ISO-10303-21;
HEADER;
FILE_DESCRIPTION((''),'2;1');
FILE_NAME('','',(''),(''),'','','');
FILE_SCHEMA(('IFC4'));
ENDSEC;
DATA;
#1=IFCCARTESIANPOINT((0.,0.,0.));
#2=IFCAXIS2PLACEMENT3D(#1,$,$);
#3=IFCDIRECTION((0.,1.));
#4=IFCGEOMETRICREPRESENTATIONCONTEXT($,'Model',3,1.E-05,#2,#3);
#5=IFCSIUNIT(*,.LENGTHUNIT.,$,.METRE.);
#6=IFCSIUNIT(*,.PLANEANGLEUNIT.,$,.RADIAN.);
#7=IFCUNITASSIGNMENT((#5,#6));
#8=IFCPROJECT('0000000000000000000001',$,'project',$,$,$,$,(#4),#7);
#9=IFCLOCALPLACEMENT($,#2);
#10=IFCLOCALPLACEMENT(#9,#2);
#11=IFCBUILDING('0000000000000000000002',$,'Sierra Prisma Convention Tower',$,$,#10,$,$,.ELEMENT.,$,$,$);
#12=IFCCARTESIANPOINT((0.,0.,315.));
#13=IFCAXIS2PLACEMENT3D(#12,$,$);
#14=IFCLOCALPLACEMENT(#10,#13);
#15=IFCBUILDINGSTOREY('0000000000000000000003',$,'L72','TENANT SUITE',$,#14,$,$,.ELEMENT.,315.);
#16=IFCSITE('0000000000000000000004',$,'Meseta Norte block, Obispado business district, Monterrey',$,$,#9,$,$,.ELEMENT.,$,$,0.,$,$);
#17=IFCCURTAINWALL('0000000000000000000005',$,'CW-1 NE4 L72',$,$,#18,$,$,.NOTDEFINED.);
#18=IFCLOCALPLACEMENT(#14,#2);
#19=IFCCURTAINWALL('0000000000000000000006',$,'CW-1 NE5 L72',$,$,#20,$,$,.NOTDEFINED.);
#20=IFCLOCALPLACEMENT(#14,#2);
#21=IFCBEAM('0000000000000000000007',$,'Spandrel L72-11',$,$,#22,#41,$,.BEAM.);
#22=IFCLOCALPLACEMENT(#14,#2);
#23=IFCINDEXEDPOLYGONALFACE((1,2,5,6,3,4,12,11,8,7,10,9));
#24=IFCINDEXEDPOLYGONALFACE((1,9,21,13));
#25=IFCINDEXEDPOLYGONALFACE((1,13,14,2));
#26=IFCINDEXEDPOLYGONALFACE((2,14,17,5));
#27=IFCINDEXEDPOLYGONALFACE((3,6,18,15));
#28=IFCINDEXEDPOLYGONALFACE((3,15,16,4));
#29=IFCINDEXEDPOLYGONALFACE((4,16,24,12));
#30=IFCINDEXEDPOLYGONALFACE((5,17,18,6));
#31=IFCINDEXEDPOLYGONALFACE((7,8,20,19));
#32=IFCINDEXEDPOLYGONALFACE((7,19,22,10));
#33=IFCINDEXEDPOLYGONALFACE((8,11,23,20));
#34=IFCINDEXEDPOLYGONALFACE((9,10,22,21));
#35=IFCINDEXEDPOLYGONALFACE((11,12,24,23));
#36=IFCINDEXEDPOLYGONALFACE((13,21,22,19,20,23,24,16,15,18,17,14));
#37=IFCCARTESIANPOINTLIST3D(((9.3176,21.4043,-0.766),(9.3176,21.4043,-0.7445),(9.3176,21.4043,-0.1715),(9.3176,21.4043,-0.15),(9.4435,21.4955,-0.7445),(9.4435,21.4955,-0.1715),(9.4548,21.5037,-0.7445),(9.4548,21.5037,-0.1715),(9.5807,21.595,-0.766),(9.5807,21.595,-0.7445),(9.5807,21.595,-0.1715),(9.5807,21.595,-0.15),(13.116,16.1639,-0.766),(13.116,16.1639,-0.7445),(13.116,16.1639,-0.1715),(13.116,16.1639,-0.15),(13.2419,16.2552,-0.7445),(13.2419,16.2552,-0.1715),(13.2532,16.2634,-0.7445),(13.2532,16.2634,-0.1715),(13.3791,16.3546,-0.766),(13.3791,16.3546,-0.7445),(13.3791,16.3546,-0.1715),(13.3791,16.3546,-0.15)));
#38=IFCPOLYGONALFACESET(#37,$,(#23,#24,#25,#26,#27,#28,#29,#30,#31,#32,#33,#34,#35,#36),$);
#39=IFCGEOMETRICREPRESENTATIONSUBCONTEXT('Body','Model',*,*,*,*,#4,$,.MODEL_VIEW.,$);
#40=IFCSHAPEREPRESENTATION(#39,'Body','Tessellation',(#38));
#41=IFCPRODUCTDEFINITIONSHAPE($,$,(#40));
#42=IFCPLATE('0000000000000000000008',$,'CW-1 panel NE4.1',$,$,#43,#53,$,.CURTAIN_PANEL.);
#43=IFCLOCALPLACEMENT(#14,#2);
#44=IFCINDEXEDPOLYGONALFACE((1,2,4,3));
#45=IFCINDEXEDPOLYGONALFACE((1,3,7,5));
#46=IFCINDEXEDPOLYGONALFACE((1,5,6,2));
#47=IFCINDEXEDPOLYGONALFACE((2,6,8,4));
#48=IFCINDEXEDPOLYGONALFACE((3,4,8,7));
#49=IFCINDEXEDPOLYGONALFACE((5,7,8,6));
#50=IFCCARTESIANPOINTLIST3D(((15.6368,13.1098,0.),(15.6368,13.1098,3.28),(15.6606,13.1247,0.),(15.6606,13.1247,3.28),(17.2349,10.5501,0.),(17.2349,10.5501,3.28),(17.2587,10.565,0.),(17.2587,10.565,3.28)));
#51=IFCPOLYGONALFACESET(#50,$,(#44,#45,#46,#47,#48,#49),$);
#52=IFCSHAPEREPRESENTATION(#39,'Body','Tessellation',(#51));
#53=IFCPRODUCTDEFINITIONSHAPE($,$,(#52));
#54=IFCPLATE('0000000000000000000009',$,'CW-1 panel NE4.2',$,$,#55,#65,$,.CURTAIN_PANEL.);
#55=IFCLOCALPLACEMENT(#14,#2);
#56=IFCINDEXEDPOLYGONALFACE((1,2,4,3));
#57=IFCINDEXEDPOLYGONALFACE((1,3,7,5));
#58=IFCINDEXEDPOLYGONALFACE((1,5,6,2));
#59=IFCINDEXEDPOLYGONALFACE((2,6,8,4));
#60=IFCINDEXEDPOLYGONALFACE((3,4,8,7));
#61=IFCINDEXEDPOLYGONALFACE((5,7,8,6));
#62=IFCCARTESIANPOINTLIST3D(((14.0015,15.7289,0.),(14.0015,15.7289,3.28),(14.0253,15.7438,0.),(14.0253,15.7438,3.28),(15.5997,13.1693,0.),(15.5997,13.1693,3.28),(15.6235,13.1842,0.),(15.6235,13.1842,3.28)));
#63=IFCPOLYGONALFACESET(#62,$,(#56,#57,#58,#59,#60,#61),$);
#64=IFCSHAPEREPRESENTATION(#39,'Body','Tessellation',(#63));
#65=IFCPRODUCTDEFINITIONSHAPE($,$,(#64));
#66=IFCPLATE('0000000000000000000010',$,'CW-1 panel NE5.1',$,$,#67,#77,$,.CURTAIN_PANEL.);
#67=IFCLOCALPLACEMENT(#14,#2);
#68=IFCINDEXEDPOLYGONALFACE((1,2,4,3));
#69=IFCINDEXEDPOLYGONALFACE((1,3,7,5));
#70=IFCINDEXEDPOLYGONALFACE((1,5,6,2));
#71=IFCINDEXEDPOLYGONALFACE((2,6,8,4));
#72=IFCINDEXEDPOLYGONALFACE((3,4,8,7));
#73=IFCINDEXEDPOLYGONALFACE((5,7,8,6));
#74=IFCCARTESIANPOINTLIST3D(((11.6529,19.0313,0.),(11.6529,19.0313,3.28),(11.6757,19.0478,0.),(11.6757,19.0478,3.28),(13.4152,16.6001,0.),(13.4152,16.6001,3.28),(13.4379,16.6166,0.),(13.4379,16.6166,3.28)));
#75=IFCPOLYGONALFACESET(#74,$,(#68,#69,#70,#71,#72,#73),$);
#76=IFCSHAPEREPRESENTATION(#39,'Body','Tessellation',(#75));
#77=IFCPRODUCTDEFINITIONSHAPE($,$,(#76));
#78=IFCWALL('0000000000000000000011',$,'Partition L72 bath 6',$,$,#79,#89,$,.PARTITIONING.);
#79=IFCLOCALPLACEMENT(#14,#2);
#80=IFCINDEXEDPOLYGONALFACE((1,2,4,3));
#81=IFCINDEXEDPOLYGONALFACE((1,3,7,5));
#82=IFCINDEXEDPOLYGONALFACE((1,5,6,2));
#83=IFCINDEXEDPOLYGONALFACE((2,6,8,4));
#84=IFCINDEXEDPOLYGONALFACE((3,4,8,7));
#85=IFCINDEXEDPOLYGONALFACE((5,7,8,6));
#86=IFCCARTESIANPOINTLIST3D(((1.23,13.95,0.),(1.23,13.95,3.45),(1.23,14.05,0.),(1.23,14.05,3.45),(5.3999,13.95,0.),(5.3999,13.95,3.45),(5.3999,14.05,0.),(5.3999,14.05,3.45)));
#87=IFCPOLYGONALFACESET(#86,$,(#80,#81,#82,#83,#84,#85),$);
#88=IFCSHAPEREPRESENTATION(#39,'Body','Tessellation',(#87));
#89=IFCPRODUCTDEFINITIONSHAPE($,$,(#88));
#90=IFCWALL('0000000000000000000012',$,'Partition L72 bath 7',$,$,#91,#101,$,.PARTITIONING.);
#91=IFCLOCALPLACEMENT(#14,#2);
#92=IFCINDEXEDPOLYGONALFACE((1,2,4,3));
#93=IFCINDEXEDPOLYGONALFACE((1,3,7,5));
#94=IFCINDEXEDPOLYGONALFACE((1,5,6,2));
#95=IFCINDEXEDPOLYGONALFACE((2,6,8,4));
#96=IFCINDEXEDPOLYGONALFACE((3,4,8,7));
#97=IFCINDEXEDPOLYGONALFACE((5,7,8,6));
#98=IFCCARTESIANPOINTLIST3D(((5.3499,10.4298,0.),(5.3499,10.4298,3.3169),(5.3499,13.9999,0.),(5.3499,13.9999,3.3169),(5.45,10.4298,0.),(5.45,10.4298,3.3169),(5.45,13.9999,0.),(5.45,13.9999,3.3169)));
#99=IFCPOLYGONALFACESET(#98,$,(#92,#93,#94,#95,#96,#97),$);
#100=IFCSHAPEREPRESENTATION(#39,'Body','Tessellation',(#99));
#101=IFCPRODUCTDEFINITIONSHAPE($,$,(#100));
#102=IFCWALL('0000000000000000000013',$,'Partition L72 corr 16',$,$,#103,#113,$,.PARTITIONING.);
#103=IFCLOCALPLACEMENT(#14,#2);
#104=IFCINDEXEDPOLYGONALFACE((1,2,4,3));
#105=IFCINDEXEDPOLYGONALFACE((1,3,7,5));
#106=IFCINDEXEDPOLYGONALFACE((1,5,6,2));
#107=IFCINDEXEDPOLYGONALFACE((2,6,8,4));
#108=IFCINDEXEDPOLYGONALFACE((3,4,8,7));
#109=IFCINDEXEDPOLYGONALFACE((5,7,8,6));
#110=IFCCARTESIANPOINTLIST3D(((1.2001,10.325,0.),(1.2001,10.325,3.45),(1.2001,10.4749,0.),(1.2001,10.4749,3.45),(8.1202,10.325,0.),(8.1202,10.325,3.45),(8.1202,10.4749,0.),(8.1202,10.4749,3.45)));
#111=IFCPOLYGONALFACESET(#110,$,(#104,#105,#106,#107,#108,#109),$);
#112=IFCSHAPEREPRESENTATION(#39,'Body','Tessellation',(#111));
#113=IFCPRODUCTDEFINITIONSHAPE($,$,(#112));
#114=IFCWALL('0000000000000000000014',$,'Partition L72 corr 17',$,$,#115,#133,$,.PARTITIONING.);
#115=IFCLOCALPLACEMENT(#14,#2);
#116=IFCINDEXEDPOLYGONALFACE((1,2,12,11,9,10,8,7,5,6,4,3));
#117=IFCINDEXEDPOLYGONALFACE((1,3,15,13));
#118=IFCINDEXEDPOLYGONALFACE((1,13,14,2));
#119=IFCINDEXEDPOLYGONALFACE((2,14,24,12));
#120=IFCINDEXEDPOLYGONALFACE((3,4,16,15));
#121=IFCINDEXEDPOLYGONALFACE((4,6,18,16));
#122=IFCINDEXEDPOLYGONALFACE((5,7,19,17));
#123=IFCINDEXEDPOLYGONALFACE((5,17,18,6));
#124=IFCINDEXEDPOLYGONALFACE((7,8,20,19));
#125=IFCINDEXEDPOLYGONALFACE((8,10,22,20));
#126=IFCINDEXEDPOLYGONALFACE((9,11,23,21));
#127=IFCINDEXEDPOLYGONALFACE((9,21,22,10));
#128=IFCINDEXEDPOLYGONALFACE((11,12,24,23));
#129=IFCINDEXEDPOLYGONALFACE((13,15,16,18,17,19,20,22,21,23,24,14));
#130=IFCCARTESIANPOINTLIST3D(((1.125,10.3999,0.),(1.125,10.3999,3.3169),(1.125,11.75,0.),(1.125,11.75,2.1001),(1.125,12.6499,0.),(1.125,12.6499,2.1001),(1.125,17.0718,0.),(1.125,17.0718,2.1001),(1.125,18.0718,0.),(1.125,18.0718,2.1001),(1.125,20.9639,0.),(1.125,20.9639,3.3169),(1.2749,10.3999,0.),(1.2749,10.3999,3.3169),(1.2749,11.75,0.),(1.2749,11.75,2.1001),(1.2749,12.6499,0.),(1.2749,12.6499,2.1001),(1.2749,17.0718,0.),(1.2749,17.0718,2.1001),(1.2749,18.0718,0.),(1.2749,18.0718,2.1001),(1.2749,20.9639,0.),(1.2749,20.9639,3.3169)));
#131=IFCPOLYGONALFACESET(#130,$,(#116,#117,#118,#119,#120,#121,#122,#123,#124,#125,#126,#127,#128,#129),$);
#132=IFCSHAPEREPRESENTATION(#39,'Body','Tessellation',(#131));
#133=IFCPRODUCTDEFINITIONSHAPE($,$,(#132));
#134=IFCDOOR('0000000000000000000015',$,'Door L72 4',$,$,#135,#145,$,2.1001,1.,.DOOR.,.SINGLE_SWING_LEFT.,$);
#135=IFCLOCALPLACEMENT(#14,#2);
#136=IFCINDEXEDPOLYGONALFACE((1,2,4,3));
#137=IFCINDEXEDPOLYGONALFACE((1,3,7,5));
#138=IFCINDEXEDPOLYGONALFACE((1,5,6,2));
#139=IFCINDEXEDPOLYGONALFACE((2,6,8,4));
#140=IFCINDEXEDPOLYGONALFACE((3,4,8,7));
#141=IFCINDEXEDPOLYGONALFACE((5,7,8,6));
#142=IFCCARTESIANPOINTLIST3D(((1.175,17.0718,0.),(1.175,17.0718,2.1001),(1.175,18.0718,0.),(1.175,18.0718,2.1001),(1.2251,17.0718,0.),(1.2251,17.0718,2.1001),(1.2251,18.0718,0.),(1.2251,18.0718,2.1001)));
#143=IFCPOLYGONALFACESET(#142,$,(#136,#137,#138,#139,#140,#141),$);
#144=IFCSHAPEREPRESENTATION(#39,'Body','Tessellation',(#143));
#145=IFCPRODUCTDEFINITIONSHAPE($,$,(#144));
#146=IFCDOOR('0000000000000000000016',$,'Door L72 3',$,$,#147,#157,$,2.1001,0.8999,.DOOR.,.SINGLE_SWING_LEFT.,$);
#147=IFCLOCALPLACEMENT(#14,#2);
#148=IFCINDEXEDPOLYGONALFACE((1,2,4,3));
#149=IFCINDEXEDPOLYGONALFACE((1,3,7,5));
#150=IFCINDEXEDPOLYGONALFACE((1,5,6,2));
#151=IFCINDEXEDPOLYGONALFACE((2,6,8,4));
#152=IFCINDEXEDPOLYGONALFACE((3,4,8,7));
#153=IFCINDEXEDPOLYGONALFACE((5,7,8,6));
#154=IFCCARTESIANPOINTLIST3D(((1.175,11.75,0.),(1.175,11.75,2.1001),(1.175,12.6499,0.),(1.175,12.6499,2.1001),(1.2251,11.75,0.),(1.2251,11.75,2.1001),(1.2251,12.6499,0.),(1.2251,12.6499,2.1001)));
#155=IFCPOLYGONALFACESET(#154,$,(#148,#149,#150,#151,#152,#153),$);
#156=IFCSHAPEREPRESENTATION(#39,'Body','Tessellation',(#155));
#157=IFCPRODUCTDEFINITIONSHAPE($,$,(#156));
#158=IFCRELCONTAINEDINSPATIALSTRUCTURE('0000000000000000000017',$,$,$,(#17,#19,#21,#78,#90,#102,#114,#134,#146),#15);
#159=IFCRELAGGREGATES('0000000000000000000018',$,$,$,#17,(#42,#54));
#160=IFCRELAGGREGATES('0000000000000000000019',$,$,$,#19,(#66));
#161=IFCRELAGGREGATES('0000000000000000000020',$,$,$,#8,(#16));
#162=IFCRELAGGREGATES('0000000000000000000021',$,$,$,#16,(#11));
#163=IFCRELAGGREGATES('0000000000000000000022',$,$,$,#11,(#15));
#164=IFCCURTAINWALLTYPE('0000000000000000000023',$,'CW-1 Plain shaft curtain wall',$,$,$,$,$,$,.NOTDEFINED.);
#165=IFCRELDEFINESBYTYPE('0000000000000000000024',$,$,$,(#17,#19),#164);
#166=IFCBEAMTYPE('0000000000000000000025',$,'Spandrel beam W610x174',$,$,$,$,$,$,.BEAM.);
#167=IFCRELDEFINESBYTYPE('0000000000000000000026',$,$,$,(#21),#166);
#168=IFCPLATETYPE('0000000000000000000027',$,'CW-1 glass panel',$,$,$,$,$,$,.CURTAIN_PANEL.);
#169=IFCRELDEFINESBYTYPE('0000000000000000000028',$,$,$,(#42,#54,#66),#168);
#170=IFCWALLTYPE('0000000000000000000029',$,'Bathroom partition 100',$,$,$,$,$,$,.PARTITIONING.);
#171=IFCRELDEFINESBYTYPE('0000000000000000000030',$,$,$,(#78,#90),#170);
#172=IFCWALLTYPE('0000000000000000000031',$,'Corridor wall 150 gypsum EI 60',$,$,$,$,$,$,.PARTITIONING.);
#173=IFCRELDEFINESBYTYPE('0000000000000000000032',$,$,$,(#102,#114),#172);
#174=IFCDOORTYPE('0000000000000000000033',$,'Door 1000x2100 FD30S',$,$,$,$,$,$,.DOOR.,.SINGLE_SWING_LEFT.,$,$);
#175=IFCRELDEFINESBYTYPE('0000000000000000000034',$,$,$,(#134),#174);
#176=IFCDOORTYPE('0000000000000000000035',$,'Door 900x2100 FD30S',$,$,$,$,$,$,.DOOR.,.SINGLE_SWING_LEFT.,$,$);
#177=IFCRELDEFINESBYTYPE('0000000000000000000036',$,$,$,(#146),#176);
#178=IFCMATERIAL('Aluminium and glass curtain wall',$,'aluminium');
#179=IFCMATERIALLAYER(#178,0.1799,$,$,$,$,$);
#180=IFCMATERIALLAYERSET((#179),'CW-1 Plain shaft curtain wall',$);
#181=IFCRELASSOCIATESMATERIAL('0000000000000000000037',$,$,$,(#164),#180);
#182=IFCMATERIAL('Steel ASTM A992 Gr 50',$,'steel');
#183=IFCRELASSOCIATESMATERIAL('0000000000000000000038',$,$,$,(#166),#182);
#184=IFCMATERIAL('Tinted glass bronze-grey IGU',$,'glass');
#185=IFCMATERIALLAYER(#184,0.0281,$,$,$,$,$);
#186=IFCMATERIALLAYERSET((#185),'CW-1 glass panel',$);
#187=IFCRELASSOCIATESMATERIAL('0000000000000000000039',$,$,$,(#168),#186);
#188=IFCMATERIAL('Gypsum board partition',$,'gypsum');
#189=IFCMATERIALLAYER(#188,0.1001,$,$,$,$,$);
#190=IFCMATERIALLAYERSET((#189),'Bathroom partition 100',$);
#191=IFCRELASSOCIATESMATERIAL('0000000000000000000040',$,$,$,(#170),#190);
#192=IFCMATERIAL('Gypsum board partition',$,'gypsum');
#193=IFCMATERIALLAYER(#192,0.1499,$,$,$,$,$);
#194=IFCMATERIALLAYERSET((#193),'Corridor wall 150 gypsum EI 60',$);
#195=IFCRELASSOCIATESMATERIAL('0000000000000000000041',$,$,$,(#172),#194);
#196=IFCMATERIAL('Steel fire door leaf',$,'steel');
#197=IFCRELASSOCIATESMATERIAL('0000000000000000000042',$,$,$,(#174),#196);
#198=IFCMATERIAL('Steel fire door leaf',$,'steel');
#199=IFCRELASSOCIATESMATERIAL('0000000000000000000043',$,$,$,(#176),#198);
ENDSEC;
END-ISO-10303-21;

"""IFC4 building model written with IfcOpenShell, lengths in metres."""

from ifc_helpers import new_model, si_unit, direction, frame, frame_2d, origin, origin_2d, place, context, subcontext, project, spatial, rectangle, i_section, extrude, material, layer, layer_set, material_profile, profile_set, type_object, element, fill, aggregate, save


model = new_model("IFC4")

# Units and contexts
model_context = context("Model", 3, precision=1e-05, world=origin(), true_north=direction((0.0, 1.0)))
body_context = subcontext(model_context, "Body", "Model", "MODEL_VIEW")
ifc_project = project(units=[si_unit("LENGTHUNIT", "METRE"), si_unit("PLANEANGLEUNIT", "RADIAN")], contexts=[model_context])

# Site, building, storey
site_placement = place(None, origin())
site = spatial("IfcSite", under=ifc_project, at=site_placement, Name="Meseta Norte block, Obispado business district, Monterrey", CompositionType="ELEMENT", RefElevation=0.0)
building_placement = place(site_placement, origin())
building = spatial("IfcBuilding", under=site, at=building_placement, Name="Sierra Prisma Convention Tower", CompositionType="ELEMENT")
storey_placement = place(building_placement, frame((0.0, 0.0, 315.0)))
storey = spatial("IfcBuildingStorey", under=building, at=storey_placement, Name="L72", Description="TENANT SUITE", CompositionType="ELEMENT", Elevation=315.0)

# Curtain wall
ifc_material_1 = material(Name="Aluminium and glass curtain wall", Category="aluminium")
ifc_layer_1 = layer(ifc_material_1, 0.1799)
ifc_layer_set_1 = layer_set([ifc_layer_1], Name="CW-1 Plain shaft curtain wall")
curtain_wall_type = type_object("IfcCurtainWallType", Name="CW-1 Plain shaft curtain wall", PredefinedType="NOTDEFINED", material=ifc_layer_set_1)
curtain_wall_1_placement = place(storey_placement, origin())
curtain_wall_1 = element("IfcCurtainWall", 1, at=curtain_wall_1_placement, inside=storey, type_object=curtain_wall_type, Name="CW-1 NE4 L72", PredefinedType="NOTDEFINED")

# Curtain wall
curtain_wall_2_placement = place(storey_placement, origin())
curtain_wall_2 = element("IfcCurtainWall", 2, at=curtain_wall_2_placement, inside=storey, type_object=curtain_wall_type, Name="CW-1 NE5 L72", PredefinedType="NOTDEFINED")

# Beam
ifc_material_2 = material(Name="Steel ASTM A992 Gr 50", Category="steel")
ifc_material_profile_1 = material_profile(ifc_material_2, i_section(OverallWidth=0.325, OverallDepth=0.616, WebThickness=0.0139, FlangeThickness=0.0215, at=origin_2d()), Name="W610x174")
ifc_profile_set_1 = profile_set([ifc_material_profile_1], Name="Steel ASTM A992 Gr 50")
beam_type_1 = type_object("IfcBeamType", Name="Spandrel beam W610x174", PredefinedType="BEAM", material=ifc_profile_set_1)
beam_1_placement = place(storey_placement, frame((13.2476, 16.2593, -0.458), z_axis=(-0.586884, 0.809671, 0.0), x_axis=(-0.809671, -0.586884, 0.0)))
element("IfcBeam", 3, at=beam_1_placement, inside=storey, type_object=beam_type_1, Name="Spandrel L72-11", PredefinedType="BEAM", context=body_context, shape_type="SweptSolid", body=[
    extrude(i_section(OverallWidth=0.325, OverallDepth=0.616, WebThickness=0.0139, FlangeThickness=0.0215, at=origin_2d()), origin(), (0.0, 0.0, 1.0), 6.4722),
])

# Plates
ifc_material_3 = material(Name="Tinted glass bronze-grey IGU", Category="glass")
ifc_layer_2 = layer(ifc_material_3, 0.0281)
ifc_layer_set_2 = layer_set([ifc_layer_2], Name="CW-1 glass panel")
plate_type = type_object("IfcPlateType", Name="CW-1 glass panel", PredefinedType="CURTAIN_PANEL", material=ifc_layer_set_2)
plate_1_placement = place(storey_placement, frame((16.4478, 11.8374, 0.0), z_axis=(0.0, 0.0, 1.0), x_axis=(-0.529606, 0.848243, 0.0)))
plate_1 = element("IfcPlate", 4, at=plate_1_placement, type_object=plate_type, Name="CW-1 panel NE4.1", PredefinedType="CURTAIN_PANEL", context=body_context, shape_type="SweptSolid", body=[
    extrude(rectangle(XDim=3.0176, YDim=0.0281, at=origin_2d()), origin(), (0.0, 0.0, 1.0), 3.28),
])
plate_2_placement = place(storey_placement, frame((14.8125, 14.4565, 0.0), z_axis=(0.0, 0.0, 1.0), x_axis=(-0.529606, 0.848243, 0.0)))
plate_2 = element("IfcPlate", 5, at=plate_2_placement, type_object=plate_type, Name="CW-1 panel NE4.2", PredefinedType="CURTAIN_PANEL", context=body_context, shape_type="SweptSolid", body=[
    extrude(rectangle(XDim=3.0176, YDim=0.0281, at=origin_2d()), origin(), (0.0, 0.0, 1.0), 3.28),
])
aggregate(curtain_wall_1, [plate_1, plate_2])
plate_3_placement = place(storey_placement, frame((12.5454, 17.824, 0.0), z_axis=(0.0, 0.0, 1.0), x_axis=(-0.58689, 0.809667, 0.0)))
plate_3 = element("IfcPlate", 6, at=plate_3_placement, type_object=plate_type, Name="CW-1 panel NE5.1", PredefinedType="CURTAIN_PANEL", context=body_context, shape_type="SweptSolid", body=[
    extrude(rectangle(XDim=3.0027, YDim=0.0281, at=origin_2d()), origin(), (0.0, 0.0, 1.0), 3.28),
])
aggregate(curtain_wall_2, [plate_3])

# Walls
ifc_material_4 = material(Name="Gypsum board partition", Category="gypsum")
ifc_layer_3 = layer(ifc_material_4, 0.1001)
ifc_layer_set_3 = layer_set([ifc_layer_3], Name="Bathroom partition 100")
wall_type_1 = type_object("IfcWallType", Name="Bathroom partition 100", PredefinedType="PARTITIONING", material=ifc_layer_set_3)
wall_1_placement = place(storey_placement, frame((1.23, 14.0, 0.0), z_axis=(0.0, 0.0, 1.0), x_axis=(1.0, 0.0, 0.0)))
element("IfcWall", 7, at=wall_1_placement, inside=storey, type_object=wall_type_1, Name="Partition L72 bath 6", PredefinedType="PARTITIONING", context=body_context, shape_type="SweptSolid", body=[
    extrude(rectangle(XDim=4.1699, YDim=0.1001, at=frame_2d((2.085, 0.0))), origin(), (0.0, 0.0, 1.0), 3.45),
])
wall_2_placement = place(storey_placement, frame((5.3999, 14.0, 0.0), z_axis=(0.0, 0.0, 1.0), x_axis=(0.0, -1.0, 0.0)))
element("IfcWall", 8, at=wall_2_placement, inside=storey, type_object=wall_type_1, Name="Partition L72 bath 7", PredefinedType="PARTITIONING", context=body_context, shape_type="SweptSolid", body=[
    extrude(rectangle(XDim=3.5701, YDim=0.1001, at=frame_2d((1.7852, 0.0))), origin(), (0.0, 0.0, 1.0), 3.3169),
])
ifc_material_5 = material(Name="Gypsum board partition", Category="gypsum")
ifc_layer_4 = layer(ifc_material_5, 0.1499)
ifc_layer_set_4 = layer_set([ifc_layer_4], Name="Corridor wall 150 gypsum EI 60")
wall_type_2 = type_object("IfcWallType", Name="Corridor wall 150 gypsum EI 60", PredefinedType="PARTITIONING", material=ifc_layer_set_4)
wall_3_placement = place(storey_placement, frame((8.1201, 10.3999, 0.0), z_axis=(0.0, 0.0, 1.0), x_axis=(-1.0, 0.0, 0.0)))
element("IfcWall", 9, at=wall_3_placement, inside=storey, type_object=wall_type_2, Name="Partition L72 corr 16", PredefinedType="PARTITIONING", context=body_context, shape_type="SweptSolid", body=[
    extrude(rectangle(XDim=6.9202, YDim=0.1499, at=frame_2d((3.46, 0.0))), origin(), (0.0, 0.0, 1.0), 3.45),
])

# Wall, openings, doors
wall_4_placement = place(storey_placement, frame((1.2, 10.3999, 0.0), z_axis=(0.0, 0.0, 1.0), x_axis=(0.0, 1.0, 0.0)))
wall_4 = element("IfcWall", 10, at=wall_4_placement, inside=storey, type_object=wall_type_2, Name="Partition L72 corr 17", PredefinedType="PARTITIONING", context=body_context, shape_type="SweptSolid", body=[
    extrude(rectangle(XDim=10.564, YDim=0.1499, at=frame_2d((5.282, 0.0))), origin(), (0.0, 0.0, 1.0), 3.3169),
])
opening_1_placement = place(wall_4_placement, frame((1.3501, 0.0, 0.0)))
opening_1 = element("IfcOpeningElement", 11, at=opening_1_placement, cuts=wall_4, PredefinedType="OPENING", context=body_context, shape_type="SweptSolid", body=[
    extrude(rectangle(XDim=0.8999, YDim=2.1001, at=frame_2d((0.45, 1.05))), frame((0.0, 0.075, 0.0), z_axis=(0.0, -1.0, 0.0), x_axis=(1.0, 0.0, 0.0)), (0.0, 0.0, 1.0), 0.1499),
])
opening_2_placement = place(wall_4_placement, frame((6.6719, 0.0, 0.0)))
opening_2 = element("IfcOpeningElement", 12, at=opening_2_placement, cuts=wall_4, PredefinedType="OPENING", context=body_context, shape_type="SweptSolid", body=[
    extrude(rectangle(XDim=1.0, YDim=2.1001, at=frame_2d((0.5, 1.05))), frame((0.0, 0.075, 0.0), z_axis=(0.0, -1.0, 0.0), x_axis=(1.0, 0.0, 0.0)), (0.0, 0.0, 1.0), 0.1499),
])
ifc_material_6 = material(Name="Steel fire door leaf", Category="steel")
door_type_1 = type_object("IfcDoorType", Name="Door 1000x2100 FD30S", OperationType="SINGLE_SWING_LEFT", PredefinedType="DOOR", material=ifc_material_6)
door_1_placement = place(opening_2_placement, origin())
door_1 = element("IfcDoor", 13, at=door_1_placement, inside=storey, type_object=door_type_1, Name="Door L72 4", OperationType="SINGLE_SWING_LEFT", OverallHeight=2.1001, OverallWidth=1.0, PredefinedType="DOOR", context=body_context, shape_type="SweptSolid", body=[
    extrude(rectangle(XDim=1.0, YDim=2.1001, at=frame_2d((0.5, 1.05))), frame((0.0, 0.0249, 0.0), z_axis=(0.0, -1.0, 0.0), x_axis=(1.0, 0.0, 0.0)), (0.0, 0.0, 1.0), 0.05),
])
fill(opening_2, door_1)
ifc_material_7 = material(Name="Steel fire door leaf", Category="steel")
door_type_2 = type_object("IfcDoorType", Name="Door 900x2100 FD30S", OperationType="SINGLE_SWING_LEFT", PredefinedType="DOOR", material=ifc_material_7)
door_2_placement = place(opening_1_placement, origin())
door_2 = element("IfcDoor", 14, at=door_2_placement, inside=storey, type_object=door_type_2, Name="Door L72 3", OperationType="SINGLE_SWING_LEFT", OverallHeight=2.1001, OverallWidth=0.8999, PredefinedType="DOOR", context=body_context, shape_type="SweptSolid", body=[
    extrude(rectangle(XDim=0.8999, YDim=2.1001, at=frame_2d((0.45, 1.05))), frame((0.0, 0.0249, 0.0), z_axis=(0.0, -1.0, 0.0), x_axis=(1.0, 0.0, 0.0)), (0.0, 0.0, 1.0), 0.05),
])
fill(opening_1, door_2)

save(model, "model.ifc")
